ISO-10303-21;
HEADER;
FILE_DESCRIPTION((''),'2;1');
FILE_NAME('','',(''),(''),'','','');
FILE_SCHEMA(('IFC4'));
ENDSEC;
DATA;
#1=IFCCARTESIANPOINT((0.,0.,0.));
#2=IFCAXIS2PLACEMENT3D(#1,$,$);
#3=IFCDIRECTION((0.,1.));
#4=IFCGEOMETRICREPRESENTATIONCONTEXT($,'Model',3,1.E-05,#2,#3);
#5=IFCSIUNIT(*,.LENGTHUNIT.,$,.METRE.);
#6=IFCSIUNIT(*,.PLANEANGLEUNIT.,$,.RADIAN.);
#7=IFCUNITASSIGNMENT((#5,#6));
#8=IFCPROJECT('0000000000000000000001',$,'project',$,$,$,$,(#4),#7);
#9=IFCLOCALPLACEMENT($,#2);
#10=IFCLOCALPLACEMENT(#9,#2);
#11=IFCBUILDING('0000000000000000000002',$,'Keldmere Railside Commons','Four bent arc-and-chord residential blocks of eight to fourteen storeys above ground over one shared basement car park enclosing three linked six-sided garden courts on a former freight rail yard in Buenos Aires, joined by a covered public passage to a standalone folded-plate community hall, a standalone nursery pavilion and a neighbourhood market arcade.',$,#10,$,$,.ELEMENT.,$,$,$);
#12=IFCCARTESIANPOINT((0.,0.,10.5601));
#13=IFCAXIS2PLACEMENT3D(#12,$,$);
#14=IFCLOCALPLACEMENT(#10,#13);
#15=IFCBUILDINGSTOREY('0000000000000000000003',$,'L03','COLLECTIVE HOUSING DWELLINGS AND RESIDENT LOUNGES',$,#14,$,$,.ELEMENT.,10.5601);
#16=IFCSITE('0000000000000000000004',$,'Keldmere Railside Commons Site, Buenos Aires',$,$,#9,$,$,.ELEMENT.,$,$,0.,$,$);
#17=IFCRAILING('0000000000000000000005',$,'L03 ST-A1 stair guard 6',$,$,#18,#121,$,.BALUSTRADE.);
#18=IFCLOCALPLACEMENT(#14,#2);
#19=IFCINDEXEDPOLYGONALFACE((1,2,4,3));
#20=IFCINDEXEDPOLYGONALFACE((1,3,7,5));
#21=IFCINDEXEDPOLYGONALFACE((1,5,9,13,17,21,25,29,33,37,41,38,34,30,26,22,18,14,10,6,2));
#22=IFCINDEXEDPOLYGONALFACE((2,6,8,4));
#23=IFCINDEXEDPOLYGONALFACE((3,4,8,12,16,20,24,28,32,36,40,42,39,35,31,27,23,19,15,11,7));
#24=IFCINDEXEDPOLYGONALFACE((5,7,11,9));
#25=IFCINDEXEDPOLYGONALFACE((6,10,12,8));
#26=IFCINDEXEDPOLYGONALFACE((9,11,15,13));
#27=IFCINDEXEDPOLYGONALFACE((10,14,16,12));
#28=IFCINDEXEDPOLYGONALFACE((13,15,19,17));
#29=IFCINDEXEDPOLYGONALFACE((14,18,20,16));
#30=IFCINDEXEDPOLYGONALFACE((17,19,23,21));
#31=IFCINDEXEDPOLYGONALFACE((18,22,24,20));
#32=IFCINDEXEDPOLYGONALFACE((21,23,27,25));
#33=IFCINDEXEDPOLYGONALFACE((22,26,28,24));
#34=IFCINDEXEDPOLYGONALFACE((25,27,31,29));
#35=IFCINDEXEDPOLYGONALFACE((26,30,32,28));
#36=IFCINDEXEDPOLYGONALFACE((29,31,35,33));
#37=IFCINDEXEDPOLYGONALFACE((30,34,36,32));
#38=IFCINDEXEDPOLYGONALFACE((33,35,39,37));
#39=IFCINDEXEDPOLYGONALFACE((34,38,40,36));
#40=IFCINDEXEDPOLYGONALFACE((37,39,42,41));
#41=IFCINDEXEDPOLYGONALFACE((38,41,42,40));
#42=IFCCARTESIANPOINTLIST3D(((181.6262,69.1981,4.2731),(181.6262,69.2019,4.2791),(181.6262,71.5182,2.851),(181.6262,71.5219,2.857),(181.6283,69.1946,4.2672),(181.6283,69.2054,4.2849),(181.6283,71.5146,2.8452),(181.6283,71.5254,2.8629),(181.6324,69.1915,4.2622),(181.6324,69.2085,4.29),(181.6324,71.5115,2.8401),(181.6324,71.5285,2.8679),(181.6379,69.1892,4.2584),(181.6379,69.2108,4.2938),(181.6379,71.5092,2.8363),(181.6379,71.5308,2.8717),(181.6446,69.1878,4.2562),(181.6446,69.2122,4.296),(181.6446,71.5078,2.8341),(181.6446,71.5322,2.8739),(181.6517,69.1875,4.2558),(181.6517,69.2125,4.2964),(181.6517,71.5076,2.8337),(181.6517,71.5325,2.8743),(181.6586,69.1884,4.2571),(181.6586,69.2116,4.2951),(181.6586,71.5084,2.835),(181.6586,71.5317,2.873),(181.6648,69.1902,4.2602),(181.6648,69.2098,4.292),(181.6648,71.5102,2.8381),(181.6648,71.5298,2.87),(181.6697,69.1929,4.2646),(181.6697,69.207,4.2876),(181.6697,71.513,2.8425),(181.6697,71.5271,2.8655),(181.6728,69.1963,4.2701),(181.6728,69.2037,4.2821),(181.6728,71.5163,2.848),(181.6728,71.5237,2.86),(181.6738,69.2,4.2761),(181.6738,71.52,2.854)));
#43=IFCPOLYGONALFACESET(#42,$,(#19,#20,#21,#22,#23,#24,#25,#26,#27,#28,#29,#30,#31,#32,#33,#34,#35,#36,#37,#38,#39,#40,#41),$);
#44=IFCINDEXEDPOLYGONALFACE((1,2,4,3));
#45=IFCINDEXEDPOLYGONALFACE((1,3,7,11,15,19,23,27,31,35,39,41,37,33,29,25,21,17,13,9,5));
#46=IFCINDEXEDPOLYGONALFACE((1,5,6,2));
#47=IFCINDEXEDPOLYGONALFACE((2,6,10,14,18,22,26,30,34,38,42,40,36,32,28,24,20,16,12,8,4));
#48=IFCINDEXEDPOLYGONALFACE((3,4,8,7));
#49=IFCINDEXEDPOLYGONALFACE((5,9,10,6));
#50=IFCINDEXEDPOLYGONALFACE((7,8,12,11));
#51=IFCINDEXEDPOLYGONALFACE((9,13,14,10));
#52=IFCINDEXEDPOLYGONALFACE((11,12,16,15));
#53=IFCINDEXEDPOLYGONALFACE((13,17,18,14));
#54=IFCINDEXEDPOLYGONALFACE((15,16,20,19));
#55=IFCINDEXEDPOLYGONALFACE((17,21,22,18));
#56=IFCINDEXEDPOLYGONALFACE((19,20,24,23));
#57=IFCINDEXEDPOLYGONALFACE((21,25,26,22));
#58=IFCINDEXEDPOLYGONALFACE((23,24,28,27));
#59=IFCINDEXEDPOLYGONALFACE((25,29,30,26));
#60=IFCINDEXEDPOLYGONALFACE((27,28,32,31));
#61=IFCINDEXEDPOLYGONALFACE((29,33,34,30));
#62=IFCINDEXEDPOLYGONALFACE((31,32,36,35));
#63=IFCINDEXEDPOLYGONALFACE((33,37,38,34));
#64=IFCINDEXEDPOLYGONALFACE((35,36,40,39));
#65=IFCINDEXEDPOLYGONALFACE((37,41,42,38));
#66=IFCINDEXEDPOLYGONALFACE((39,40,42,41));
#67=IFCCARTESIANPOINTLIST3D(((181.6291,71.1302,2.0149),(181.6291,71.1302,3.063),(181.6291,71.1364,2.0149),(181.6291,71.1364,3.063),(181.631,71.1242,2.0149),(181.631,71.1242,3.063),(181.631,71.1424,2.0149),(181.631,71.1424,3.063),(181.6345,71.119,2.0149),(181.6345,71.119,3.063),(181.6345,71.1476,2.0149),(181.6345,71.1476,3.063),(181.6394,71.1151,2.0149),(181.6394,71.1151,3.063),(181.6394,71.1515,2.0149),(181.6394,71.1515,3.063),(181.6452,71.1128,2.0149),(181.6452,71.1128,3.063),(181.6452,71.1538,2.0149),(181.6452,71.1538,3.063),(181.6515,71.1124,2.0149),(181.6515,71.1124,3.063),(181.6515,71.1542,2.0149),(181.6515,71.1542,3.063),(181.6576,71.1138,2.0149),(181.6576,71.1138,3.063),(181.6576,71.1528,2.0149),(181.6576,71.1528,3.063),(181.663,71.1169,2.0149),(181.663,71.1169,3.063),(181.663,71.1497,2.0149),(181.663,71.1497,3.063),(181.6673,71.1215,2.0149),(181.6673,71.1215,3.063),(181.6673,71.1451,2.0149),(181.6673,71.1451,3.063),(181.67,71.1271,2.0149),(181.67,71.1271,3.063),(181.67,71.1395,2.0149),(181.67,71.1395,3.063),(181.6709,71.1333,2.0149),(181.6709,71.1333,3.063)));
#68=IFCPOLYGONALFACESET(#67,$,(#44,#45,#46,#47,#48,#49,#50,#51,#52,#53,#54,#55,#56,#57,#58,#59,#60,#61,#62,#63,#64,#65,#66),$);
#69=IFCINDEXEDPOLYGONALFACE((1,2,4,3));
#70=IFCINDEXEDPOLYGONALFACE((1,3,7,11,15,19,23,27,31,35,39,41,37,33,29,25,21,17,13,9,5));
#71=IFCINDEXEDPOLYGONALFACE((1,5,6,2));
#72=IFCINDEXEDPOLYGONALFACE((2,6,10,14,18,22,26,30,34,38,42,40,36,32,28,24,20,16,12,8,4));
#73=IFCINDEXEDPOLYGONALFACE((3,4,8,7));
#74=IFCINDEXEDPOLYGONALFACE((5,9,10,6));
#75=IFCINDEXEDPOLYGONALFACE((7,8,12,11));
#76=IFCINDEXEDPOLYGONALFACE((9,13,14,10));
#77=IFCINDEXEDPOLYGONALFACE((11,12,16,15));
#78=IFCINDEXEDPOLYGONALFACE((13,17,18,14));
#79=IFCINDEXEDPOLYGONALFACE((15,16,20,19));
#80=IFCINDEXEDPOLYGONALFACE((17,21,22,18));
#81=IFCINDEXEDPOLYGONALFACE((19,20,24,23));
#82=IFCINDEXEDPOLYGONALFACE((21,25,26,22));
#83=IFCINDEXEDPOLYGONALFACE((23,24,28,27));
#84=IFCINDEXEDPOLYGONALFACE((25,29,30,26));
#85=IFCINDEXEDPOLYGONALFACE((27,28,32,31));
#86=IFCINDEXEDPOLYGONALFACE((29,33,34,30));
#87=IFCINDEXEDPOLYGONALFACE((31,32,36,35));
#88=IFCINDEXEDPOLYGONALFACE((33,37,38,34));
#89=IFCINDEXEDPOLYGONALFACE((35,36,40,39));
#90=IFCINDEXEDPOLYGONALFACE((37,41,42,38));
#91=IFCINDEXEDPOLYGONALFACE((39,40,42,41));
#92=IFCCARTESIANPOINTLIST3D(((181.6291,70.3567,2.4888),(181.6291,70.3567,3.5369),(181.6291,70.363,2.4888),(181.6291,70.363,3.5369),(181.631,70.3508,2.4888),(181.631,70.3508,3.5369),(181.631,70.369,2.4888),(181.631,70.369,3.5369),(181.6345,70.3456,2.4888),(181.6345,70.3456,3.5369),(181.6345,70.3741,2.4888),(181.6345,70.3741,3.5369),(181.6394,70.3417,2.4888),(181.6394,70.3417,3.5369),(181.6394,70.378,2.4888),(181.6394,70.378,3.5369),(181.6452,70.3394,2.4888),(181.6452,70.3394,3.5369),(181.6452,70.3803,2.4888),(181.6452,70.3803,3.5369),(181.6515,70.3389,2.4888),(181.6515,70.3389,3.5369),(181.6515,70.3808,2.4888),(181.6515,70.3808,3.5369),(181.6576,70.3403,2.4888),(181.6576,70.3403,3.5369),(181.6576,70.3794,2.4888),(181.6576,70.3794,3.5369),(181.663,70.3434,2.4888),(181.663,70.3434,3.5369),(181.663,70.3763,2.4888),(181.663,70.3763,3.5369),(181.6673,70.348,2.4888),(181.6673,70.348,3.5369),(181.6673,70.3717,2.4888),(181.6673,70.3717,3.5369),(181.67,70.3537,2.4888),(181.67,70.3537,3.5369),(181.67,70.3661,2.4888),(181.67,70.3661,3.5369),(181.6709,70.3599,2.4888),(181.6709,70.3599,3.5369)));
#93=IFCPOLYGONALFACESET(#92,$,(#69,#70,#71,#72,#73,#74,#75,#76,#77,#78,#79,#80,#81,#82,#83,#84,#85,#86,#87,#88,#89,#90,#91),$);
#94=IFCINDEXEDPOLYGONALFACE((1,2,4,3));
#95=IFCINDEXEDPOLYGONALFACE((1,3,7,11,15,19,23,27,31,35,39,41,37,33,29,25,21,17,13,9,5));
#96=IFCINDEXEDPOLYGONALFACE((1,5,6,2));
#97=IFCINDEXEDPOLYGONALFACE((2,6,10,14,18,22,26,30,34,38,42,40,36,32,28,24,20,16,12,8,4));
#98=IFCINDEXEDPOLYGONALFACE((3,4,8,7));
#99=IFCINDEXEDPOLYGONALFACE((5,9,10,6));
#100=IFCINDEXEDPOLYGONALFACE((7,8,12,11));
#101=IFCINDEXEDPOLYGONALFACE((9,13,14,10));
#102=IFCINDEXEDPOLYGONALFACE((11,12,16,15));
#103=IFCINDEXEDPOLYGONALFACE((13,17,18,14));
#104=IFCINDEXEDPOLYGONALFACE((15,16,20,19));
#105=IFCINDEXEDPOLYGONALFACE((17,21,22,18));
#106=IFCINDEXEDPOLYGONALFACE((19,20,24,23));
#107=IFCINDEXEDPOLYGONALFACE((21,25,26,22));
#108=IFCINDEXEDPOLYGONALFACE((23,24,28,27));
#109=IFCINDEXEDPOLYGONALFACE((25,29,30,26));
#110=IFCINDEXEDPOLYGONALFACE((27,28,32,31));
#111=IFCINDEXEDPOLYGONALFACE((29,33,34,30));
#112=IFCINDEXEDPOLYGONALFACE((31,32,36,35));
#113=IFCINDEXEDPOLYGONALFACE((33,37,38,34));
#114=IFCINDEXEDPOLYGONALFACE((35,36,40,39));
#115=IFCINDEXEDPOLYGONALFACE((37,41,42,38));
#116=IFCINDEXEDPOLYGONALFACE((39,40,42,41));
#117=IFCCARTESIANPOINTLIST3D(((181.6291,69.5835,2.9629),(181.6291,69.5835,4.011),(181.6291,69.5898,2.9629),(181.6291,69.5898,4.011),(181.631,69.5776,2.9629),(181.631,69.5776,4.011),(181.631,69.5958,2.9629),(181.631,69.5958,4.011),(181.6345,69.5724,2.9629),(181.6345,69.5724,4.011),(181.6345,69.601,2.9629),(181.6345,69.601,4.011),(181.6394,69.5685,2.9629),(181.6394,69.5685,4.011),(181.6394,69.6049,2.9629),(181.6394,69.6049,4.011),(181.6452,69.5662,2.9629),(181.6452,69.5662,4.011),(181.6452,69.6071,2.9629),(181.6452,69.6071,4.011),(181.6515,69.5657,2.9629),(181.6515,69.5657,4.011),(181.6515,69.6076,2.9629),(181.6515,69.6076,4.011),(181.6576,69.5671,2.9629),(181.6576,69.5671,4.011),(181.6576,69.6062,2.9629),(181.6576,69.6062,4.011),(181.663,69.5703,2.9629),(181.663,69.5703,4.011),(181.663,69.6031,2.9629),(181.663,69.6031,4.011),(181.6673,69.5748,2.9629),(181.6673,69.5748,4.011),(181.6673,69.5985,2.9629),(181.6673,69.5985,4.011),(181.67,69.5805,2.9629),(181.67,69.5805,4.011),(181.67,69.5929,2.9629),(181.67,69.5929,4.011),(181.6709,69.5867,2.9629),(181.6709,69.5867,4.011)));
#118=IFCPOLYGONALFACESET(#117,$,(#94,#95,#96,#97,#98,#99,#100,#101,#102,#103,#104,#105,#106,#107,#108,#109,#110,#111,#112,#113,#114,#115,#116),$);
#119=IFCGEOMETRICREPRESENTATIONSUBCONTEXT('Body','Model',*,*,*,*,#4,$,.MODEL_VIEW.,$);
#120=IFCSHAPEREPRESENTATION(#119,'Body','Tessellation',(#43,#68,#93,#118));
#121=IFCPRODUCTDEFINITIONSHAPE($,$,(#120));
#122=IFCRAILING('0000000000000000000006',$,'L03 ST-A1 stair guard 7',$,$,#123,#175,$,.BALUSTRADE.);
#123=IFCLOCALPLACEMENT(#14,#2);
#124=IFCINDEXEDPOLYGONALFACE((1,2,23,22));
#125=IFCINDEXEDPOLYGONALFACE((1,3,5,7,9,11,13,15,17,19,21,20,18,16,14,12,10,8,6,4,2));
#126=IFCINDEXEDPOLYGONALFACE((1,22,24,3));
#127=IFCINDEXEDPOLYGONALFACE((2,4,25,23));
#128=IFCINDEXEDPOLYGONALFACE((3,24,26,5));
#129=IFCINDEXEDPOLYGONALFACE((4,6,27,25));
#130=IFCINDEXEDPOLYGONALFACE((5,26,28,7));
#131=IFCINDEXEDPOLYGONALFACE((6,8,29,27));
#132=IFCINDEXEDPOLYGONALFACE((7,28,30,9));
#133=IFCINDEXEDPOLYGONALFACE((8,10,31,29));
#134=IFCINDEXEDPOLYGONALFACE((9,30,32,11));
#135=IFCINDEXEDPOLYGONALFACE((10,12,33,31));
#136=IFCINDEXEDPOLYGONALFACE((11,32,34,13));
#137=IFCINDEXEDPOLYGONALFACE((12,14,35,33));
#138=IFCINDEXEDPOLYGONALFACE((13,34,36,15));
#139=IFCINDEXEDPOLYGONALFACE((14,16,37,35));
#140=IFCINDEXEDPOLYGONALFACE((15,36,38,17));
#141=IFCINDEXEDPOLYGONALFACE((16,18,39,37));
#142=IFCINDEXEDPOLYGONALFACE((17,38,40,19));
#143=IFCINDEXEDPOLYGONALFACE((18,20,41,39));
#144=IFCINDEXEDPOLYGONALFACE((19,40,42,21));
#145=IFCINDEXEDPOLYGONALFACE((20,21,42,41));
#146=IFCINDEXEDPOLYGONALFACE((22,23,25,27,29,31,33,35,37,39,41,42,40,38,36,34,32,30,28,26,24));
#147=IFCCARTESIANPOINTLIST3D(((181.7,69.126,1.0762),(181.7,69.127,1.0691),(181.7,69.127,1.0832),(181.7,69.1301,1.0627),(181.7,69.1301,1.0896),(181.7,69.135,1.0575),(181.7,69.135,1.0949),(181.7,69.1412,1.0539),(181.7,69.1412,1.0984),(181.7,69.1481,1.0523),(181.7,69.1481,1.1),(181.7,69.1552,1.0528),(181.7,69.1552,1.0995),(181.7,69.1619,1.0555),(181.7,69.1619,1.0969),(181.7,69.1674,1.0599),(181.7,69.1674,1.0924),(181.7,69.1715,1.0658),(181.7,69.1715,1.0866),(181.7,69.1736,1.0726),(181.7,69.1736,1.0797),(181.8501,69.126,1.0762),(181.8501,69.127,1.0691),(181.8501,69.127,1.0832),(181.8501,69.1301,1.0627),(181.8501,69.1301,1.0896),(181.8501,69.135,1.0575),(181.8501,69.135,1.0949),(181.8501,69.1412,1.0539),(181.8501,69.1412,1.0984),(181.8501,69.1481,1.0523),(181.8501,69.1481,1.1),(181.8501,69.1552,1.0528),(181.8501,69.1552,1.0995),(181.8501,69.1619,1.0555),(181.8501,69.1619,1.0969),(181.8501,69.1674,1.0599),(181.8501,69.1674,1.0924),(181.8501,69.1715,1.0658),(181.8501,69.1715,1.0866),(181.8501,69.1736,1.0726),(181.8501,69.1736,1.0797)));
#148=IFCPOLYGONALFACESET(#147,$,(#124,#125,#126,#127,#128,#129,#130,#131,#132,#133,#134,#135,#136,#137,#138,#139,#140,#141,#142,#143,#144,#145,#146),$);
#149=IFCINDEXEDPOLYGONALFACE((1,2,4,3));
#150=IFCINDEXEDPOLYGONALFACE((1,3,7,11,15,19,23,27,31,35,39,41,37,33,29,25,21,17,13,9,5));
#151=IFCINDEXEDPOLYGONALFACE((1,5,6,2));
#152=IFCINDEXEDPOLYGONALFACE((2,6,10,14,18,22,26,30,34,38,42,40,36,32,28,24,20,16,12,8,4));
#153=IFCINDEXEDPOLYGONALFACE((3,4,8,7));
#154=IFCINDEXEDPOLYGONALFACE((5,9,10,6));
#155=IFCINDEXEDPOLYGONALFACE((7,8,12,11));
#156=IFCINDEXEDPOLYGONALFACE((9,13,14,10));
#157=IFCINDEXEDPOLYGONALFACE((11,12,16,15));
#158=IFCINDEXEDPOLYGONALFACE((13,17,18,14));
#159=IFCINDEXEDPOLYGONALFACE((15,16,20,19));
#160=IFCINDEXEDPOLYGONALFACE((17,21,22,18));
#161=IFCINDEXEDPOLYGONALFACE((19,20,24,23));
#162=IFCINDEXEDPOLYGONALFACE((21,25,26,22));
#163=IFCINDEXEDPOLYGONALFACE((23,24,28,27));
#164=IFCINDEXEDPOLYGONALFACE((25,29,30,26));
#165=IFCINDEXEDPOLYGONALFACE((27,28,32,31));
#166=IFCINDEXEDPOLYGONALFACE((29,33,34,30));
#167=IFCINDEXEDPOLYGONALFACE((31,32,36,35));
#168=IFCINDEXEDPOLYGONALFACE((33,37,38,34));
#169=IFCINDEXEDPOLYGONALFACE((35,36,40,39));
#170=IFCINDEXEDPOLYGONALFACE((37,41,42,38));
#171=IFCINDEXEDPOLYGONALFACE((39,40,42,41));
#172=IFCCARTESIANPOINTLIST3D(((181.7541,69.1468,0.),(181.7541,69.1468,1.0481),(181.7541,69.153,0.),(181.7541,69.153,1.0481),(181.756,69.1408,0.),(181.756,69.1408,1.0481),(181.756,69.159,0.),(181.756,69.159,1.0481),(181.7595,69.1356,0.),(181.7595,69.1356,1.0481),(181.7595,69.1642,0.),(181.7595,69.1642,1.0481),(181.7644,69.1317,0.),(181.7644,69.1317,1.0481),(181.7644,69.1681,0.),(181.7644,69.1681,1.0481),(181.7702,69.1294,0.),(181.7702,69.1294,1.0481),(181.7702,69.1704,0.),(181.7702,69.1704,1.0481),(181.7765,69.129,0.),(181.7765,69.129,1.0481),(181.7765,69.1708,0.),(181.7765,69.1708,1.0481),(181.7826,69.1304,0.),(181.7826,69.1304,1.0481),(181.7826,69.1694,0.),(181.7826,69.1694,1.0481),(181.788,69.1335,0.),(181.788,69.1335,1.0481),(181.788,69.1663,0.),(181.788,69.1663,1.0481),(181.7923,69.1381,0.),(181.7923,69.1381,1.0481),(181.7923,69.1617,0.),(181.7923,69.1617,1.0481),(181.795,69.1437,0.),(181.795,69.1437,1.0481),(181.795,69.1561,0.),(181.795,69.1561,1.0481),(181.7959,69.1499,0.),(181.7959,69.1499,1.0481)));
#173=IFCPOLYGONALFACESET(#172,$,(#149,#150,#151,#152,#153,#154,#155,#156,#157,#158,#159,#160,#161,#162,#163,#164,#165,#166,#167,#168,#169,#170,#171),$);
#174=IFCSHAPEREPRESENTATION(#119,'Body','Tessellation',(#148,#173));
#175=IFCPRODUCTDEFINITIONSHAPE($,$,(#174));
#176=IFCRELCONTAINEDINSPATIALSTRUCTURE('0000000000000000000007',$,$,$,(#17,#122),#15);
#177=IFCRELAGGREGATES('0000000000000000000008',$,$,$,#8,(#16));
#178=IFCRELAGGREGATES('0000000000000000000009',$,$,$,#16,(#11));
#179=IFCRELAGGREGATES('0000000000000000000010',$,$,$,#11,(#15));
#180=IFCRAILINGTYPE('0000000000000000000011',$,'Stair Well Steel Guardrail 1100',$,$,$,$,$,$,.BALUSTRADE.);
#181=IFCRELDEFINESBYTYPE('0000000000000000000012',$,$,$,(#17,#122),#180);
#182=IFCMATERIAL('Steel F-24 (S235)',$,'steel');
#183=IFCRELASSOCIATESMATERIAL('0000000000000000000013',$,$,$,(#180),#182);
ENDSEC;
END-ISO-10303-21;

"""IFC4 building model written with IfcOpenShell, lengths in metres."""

from ifc_helpers import new_model, si_unit, direction, frame, origin, origin_2d, place, context, subcontext, project, spatial, circle, extrude, material, type_object, element, save


model = new_model("IFC4")

# Units and contexts
model_context = context("Model", 3, precision=1e-05, world=origin(), true_north=direction((0.0, 1.0)))
body_context = subcontext(model_context, "Body", "Model", "MODEL_VIEW")
ifc_project = project(units=[si_unit("LENGTHUNIT", "METRE"), si_unit("PLANEANGLEUNIT", "RADIAN")], contexts=[model_context])

# Site, building, storey
site_placement = place(None, origin())
site = spatial("IfcSite", under=ifc_project, at=site_placement, Name="Keldmere Railside Commons Site, Buenos Aires", CompositionType="ELEMENT", RefElevation=0.0)
building_placement = place(site_placement, origin())
building = spatial("IfcBuilding", under=site, at=building_placement, Name="Keldmere Railside Commons", Description="Four bent arc-and-chord residential blocks of eight to fourteen storeys above ground over one shared basement car park enclosing three linked six-sided garden courts on a former freight rail yard in Buenos Aires, joined by a covered public passage to a standalone folded-plate community hall, a standalone nursery pavilion and a neighbourhood market arcade.", CompositionType="ELEMENT")
storey_placement = place(building_placement, frame((0.0, 0.0, 10.5601)))
storey = spatial("IfcBuildingStorey", under=building, at=storey_placement, Name="L03", Description="COLLECTIVE HOUSING DWELLINGS AND RESIDENT LOUNGES", CompositionType="ELEMENT", Elevation=10.5601)

# Railings
ifc_material_1 = material(Name="Steel F-24 (S235)", Category="steel")
railing_type_1 = type_object("IfcRailingType", Name="Stair Well Steel Guardrail 1100", PredefinedType="BALUSTRADE", material=ifc_material_1)
railing_1_placement = place(storey_placement, frame((181.6499, 71.52, 1.7778)))
element("IfcRailing", 1, at=railing_1_placement, inside=storey, type_object=railing_type_1, Name="L03 ST-A1 stair guard 6", PredefinedType="BALUSTRADE", context=body_context, shape_type="SweptSolid", body=[
    extrude(circle(Radius=0.0239, at=origin_2d()), frame((0.0, 0.0, 1.0762), z_axis=(0.0, -0.852578, 0.5226), x_axis=(1.0, 0.0, 0.0)), (0.0, 0.0, 1.0), 2.7212),
    extrude(circle(Radius=0.021, at=origin_2d()), frame((0.0, -0.3867, 0.2371)), (0.0, 0.0, 1.0), 1.0481),
    extrude(circle(Radius=0.021, at=origin_2d()), frame((0.0, -1.1602, 0.7109)), (0.0, 0.0, 1.0), 1.0481),
    extrude(circle(Radius=0.021, at=origin_2d()), frame((0.0, -1.9333, 1.1851)), (0.0, 0.0, 1.0), 1.0481),
])
railing_2_placement = place(storey_placement, frame((181.8501, 69.1499, 0.0)))
element("IfcRailing", 2, at=railing_2_placement, inside=storey, type_object=railing_type_1, Name="L03 ST-A1 stair guard 7", PredefinedType="BALUSTRADE", context=body_context, shape_type="SweptSolid", body=[
    extrude(circle(Radius=0.0239, at=origin_2d()), frame((0.0, 0.0, 1.0762), z_axis=(-1.0, 0.0, 0.0), x_axis=(0.0, -1.0, 0.0)), (0.0, 0.0, 1.0), 0.1501),
    extrude(circle(Radius=0.021, at=origin_2d()), frame((-0.0752, 0.0, 0.0)), (0.0, 0.0, 1.0), 1.0481),
])

save(model, "model.ifc")
